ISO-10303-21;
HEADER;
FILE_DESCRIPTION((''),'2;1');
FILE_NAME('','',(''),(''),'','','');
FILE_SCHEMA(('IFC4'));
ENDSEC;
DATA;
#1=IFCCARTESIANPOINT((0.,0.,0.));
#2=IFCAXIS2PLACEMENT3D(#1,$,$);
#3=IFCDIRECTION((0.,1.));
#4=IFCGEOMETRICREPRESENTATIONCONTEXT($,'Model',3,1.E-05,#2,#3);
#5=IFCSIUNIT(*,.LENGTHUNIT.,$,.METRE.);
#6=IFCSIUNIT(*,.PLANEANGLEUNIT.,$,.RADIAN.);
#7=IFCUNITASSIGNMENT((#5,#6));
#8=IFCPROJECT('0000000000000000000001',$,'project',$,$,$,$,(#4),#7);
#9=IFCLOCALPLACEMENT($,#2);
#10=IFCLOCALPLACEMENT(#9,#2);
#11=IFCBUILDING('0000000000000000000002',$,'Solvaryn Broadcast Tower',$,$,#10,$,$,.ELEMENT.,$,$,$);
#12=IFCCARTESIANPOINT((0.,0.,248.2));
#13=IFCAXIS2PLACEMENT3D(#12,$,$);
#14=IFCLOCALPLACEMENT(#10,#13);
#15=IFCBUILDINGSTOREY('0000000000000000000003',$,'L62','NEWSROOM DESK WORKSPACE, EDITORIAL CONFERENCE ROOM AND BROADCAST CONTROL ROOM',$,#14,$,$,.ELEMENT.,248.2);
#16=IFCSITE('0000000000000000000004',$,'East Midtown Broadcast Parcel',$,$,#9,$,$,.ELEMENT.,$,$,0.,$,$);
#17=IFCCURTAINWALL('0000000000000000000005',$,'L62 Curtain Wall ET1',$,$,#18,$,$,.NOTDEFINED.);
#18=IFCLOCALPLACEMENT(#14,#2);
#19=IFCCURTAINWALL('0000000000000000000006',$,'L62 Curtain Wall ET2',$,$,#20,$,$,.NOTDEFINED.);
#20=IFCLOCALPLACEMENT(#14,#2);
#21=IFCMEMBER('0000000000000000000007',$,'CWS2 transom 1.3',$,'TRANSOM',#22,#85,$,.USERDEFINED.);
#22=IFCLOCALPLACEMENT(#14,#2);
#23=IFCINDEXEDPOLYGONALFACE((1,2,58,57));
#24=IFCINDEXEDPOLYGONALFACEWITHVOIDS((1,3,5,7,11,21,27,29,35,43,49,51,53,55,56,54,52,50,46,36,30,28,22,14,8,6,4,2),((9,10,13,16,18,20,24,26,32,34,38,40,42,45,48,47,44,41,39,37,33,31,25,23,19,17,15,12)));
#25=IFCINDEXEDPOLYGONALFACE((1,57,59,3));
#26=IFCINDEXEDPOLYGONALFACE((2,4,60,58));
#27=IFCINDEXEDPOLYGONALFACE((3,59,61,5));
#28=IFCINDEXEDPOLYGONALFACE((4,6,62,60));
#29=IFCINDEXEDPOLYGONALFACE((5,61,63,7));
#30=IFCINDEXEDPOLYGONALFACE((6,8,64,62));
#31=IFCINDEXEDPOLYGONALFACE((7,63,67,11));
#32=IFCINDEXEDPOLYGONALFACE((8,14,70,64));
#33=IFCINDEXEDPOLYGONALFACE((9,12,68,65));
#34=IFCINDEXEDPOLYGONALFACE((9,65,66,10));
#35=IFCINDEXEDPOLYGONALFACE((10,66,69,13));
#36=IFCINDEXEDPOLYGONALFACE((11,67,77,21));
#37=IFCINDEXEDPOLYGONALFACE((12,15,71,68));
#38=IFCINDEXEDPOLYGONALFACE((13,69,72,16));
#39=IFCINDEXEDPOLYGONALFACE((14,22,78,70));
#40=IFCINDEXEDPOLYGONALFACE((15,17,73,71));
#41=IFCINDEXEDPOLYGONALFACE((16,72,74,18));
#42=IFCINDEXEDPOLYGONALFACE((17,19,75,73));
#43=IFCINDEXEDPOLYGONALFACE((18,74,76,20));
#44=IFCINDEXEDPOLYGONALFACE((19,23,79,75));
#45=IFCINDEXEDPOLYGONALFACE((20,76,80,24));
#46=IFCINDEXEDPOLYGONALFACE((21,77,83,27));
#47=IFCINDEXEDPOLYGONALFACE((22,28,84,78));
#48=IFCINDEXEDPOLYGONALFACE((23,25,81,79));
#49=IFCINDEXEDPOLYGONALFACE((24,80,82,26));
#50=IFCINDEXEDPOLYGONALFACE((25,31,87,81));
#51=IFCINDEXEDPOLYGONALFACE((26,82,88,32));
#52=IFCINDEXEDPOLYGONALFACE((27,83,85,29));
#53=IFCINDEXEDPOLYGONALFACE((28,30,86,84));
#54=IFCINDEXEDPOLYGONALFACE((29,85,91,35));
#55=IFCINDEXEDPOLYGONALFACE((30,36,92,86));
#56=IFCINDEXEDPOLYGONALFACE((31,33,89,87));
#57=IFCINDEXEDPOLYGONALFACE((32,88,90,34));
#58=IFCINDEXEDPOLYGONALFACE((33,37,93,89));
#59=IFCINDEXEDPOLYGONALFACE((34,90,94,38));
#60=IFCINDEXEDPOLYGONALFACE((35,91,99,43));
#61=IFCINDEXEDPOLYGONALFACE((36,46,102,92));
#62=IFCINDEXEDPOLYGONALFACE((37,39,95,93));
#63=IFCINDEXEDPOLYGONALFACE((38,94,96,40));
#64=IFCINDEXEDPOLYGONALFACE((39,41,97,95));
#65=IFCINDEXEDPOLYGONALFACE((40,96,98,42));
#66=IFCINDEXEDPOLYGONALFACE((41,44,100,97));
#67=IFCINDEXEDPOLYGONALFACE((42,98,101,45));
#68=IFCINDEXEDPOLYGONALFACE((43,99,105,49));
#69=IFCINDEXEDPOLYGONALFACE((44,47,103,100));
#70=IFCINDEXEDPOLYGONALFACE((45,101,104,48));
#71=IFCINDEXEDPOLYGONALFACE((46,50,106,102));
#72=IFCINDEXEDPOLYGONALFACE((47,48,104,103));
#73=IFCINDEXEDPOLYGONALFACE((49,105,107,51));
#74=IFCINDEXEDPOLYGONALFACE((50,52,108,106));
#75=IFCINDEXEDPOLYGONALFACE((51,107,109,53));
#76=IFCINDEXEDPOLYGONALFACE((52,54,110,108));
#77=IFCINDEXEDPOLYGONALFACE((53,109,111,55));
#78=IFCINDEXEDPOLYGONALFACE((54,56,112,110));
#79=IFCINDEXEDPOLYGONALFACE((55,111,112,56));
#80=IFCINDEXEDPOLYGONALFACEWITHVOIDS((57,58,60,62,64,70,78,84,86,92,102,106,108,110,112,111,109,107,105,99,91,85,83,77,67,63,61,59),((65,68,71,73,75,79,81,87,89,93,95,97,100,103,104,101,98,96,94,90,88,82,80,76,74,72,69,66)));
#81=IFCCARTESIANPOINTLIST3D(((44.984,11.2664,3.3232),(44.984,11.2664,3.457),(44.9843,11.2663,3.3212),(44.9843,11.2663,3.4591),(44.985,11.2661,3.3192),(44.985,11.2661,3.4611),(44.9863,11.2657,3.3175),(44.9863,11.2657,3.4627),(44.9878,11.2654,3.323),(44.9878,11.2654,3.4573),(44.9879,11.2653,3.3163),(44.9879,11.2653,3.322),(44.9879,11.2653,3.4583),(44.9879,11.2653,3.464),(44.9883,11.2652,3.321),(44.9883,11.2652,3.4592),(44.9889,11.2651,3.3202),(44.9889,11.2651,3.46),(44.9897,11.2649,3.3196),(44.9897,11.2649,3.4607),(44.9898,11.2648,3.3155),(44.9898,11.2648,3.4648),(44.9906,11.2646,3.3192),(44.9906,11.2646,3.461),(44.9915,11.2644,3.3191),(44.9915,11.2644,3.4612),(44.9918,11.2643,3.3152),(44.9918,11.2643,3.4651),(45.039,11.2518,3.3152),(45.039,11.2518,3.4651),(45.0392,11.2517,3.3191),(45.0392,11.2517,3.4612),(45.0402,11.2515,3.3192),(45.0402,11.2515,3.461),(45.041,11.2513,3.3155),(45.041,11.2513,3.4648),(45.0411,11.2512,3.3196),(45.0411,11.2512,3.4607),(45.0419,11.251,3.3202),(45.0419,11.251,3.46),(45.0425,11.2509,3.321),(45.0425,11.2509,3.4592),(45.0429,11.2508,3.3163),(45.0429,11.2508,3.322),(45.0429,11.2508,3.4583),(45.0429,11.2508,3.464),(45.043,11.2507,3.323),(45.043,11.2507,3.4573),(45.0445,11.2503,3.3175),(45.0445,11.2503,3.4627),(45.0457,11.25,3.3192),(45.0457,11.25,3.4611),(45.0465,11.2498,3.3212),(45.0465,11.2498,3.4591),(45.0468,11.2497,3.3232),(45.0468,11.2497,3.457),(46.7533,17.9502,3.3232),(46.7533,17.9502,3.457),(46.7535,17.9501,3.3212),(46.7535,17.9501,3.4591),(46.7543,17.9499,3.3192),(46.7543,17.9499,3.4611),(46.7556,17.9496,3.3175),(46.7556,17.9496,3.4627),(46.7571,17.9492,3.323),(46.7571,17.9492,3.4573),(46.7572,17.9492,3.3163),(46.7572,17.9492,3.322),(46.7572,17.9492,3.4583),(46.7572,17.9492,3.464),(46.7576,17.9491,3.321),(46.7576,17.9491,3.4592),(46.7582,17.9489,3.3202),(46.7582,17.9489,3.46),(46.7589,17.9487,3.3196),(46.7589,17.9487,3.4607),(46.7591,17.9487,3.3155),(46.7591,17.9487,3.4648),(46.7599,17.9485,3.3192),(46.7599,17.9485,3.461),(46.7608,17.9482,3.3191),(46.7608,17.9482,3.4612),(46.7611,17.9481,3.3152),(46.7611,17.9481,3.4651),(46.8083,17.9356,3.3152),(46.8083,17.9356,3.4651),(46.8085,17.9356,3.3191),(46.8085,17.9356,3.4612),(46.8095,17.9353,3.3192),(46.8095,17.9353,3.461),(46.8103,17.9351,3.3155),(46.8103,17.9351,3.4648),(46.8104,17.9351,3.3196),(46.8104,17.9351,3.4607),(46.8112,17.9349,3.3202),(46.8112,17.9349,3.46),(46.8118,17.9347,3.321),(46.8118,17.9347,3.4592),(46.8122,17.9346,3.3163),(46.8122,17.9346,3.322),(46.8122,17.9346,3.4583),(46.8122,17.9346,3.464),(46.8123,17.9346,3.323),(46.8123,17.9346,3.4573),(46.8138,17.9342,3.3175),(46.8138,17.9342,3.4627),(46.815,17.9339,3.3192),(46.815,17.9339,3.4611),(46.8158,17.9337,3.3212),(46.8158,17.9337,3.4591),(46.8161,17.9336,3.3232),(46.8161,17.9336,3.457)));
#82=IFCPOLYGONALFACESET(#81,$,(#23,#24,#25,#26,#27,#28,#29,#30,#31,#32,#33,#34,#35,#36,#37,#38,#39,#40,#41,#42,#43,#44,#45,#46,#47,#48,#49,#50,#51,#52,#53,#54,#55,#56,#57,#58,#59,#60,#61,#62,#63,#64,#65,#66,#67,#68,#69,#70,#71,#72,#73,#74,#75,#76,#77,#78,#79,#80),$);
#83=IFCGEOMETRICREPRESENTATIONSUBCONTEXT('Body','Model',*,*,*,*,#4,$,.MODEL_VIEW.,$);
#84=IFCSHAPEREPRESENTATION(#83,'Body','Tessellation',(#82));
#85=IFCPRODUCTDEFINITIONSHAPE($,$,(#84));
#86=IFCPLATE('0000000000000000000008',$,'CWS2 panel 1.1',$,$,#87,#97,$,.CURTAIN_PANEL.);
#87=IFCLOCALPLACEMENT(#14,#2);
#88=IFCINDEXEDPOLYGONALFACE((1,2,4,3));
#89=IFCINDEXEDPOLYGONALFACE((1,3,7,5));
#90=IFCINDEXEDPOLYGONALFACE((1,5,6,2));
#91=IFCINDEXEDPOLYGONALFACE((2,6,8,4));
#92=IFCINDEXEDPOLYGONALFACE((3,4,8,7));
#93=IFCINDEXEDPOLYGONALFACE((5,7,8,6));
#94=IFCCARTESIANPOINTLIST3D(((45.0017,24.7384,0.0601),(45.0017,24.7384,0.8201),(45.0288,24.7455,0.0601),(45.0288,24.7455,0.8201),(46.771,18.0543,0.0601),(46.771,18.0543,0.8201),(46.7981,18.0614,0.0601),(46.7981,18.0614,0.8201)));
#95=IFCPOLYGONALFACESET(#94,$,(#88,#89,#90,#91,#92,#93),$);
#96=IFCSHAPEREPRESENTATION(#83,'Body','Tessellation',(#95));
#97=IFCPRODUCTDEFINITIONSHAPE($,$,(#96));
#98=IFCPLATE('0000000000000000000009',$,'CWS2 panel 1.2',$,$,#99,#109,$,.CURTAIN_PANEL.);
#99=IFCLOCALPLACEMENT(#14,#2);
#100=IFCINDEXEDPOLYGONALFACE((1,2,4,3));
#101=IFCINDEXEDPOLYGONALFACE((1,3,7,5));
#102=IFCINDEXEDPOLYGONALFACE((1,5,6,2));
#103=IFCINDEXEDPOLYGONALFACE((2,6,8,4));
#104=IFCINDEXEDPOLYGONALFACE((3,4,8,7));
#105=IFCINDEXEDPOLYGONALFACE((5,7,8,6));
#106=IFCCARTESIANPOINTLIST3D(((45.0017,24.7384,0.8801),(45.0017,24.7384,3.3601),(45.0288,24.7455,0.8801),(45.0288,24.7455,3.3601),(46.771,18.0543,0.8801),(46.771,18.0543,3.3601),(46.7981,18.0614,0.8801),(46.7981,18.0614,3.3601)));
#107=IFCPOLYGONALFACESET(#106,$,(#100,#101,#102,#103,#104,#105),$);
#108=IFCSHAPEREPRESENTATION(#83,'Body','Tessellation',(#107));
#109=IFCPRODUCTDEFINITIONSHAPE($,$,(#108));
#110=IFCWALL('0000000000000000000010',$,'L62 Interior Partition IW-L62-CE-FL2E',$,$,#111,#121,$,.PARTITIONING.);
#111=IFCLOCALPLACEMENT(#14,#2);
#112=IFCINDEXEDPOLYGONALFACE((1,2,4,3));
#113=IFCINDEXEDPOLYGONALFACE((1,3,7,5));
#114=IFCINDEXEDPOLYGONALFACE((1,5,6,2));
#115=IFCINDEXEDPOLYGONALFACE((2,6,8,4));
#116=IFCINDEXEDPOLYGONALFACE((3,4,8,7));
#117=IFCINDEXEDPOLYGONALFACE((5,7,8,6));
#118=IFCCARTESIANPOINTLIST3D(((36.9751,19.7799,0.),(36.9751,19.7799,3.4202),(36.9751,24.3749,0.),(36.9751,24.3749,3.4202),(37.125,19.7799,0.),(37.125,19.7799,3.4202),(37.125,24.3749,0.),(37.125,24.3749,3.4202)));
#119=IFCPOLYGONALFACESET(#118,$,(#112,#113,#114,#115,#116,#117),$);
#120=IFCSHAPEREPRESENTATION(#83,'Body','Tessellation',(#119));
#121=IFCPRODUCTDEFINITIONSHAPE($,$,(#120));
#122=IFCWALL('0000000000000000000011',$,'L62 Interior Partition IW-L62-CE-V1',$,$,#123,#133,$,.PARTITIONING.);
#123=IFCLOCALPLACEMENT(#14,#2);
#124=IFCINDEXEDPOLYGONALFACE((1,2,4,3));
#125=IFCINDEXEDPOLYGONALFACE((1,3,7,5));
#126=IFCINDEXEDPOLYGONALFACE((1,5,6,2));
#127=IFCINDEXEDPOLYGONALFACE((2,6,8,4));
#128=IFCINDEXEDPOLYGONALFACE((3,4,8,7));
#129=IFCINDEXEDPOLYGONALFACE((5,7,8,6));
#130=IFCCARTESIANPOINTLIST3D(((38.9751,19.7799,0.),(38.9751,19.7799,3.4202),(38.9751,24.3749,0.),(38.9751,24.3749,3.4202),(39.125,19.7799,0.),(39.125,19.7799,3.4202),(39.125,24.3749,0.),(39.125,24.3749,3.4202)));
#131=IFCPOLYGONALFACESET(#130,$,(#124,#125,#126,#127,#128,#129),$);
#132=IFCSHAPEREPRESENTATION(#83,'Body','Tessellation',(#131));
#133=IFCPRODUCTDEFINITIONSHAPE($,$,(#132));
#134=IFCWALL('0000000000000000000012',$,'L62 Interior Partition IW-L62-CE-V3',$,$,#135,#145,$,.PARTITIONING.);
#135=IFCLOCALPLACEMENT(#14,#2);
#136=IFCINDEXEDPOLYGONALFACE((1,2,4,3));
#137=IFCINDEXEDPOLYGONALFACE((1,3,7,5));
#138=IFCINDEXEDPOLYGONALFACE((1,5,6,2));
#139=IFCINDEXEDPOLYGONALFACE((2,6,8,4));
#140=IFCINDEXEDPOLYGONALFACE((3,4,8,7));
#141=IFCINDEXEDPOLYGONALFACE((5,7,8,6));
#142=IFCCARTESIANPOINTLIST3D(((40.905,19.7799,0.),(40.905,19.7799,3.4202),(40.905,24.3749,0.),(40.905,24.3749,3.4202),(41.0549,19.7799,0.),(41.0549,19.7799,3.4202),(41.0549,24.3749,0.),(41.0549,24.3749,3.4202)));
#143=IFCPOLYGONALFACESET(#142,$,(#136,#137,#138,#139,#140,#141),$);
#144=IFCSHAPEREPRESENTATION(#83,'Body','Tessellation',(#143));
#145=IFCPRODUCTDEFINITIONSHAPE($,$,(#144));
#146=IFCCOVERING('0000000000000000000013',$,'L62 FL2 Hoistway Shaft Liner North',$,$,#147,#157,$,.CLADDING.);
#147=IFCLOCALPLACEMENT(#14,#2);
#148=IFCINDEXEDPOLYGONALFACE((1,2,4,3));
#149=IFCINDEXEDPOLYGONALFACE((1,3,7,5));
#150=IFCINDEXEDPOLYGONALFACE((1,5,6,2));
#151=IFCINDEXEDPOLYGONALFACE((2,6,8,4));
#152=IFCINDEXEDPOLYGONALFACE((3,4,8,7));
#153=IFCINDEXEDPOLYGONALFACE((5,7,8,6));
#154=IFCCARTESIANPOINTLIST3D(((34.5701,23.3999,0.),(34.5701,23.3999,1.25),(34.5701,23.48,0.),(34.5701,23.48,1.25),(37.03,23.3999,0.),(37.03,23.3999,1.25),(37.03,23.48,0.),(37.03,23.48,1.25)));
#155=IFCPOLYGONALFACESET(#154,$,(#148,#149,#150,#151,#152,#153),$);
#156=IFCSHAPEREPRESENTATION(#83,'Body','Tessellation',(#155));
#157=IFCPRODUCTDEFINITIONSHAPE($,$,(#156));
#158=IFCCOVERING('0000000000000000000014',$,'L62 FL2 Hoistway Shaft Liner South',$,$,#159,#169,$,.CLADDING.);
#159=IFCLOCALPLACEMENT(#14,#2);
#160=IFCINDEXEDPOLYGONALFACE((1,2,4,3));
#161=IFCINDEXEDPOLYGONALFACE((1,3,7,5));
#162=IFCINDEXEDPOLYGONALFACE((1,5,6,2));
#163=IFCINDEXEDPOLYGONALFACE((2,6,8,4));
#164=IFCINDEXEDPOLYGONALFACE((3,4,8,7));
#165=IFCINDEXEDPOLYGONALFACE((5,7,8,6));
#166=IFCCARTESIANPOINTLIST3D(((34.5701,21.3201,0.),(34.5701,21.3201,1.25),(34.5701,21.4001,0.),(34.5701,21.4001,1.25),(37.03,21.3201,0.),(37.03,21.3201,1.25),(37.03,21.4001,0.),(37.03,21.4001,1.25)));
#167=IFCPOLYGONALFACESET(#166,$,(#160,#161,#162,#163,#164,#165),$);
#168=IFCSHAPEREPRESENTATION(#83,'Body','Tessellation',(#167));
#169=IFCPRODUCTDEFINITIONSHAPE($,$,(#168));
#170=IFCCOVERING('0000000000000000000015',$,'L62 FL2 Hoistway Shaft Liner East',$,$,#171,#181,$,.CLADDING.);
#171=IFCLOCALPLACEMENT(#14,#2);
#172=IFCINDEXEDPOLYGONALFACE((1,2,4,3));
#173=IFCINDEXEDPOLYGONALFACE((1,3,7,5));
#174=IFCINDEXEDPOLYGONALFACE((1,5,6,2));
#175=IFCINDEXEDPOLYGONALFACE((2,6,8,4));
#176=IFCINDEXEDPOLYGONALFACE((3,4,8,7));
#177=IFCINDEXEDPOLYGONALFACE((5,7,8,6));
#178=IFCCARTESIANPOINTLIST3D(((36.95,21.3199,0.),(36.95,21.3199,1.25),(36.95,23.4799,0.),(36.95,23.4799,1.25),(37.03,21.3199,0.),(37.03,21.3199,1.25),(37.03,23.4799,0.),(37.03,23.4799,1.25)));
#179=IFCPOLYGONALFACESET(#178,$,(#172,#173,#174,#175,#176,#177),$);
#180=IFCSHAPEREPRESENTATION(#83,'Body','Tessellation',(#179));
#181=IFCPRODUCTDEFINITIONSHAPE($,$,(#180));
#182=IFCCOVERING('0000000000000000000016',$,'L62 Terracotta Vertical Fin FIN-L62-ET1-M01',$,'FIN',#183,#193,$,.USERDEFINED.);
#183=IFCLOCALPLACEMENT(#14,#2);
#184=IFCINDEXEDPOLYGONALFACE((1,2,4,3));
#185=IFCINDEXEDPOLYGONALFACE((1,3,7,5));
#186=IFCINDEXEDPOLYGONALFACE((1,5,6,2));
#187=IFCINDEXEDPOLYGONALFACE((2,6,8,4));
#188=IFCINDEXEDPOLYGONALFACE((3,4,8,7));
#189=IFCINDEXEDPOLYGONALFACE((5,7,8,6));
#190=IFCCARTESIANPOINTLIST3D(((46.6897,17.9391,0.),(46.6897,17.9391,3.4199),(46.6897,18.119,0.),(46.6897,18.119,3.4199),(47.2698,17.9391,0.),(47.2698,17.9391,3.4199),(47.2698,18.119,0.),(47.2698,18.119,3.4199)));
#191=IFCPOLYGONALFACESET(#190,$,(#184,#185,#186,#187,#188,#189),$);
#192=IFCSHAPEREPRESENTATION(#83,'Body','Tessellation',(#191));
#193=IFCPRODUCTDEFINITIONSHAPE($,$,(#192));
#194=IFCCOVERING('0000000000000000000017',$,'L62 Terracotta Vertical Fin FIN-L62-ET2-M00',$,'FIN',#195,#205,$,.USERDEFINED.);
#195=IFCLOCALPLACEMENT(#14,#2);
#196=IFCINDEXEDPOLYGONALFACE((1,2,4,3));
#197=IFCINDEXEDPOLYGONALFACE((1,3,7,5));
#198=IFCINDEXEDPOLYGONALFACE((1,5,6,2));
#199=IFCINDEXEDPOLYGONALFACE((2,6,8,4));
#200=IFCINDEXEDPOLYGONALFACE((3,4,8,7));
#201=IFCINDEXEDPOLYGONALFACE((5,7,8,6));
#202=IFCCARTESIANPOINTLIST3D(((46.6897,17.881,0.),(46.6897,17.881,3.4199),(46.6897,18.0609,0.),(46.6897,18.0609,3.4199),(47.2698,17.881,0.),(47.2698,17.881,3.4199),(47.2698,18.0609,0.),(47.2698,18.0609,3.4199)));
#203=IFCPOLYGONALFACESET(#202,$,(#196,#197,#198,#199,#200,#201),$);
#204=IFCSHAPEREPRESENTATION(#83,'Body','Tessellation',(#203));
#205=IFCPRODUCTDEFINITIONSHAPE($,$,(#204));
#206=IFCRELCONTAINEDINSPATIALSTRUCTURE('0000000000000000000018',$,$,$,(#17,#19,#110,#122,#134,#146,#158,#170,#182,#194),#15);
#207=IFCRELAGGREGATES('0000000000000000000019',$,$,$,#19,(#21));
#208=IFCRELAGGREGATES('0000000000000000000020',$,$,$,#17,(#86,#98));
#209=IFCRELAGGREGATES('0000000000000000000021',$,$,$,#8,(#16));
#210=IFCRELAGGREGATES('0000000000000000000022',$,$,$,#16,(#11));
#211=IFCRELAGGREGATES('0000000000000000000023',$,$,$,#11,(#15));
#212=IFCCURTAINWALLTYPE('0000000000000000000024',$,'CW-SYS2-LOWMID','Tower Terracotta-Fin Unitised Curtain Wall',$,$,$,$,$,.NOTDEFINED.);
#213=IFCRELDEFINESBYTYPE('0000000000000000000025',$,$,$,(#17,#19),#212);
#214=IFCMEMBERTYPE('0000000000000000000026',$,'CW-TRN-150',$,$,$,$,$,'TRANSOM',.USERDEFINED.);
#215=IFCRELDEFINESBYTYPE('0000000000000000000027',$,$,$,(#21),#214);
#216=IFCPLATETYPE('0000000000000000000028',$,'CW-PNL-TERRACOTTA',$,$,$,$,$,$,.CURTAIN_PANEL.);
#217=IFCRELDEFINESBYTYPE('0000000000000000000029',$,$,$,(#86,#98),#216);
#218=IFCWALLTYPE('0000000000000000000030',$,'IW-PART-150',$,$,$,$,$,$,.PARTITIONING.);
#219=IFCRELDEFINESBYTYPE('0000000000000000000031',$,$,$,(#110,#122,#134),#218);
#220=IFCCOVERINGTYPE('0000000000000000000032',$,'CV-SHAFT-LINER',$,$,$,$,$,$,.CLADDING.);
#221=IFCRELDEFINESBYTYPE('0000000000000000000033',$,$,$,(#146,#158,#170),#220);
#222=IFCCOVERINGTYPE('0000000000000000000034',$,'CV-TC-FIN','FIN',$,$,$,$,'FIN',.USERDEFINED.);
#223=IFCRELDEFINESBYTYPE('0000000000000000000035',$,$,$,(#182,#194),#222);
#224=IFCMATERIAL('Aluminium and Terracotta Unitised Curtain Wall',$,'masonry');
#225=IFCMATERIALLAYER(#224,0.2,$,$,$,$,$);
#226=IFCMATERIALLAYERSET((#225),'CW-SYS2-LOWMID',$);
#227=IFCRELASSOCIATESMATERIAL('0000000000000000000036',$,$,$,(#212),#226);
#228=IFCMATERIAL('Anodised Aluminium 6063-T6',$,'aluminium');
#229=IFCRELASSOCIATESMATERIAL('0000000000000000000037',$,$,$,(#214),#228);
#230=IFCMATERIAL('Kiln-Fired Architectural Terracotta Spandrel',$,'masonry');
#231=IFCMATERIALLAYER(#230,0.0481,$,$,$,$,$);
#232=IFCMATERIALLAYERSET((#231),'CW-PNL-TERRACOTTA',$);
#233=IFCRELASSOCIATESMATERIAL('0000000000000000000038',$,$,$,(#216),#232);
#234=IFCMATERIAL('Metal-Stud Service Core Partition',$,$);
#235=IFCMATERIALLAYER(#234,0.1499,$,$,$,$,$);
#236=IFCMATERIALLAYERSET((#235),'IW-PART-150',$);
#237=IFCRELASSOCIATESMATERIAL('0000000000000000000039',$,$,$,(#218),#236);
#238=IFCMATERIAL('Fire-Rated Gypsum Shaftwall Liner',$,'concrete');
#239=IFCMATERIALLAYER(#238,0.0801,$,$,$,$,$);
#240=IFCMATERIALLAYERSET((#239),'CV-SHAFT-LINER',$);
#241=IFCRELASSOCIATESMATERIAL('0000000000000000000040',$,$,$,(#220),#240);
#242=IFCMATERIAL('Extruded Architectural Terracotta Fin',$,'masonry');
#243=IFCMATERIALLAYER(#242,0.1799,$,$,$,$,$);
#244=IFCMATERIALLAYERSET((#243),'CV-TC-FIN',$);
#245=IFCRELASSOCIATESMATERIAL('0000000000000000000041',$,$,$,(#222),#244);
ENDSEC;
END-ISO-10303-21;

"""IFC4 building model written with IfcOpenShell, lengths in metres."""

from ifc_helpers import new_model, si_unit, direction, frame, frame_2d, origin, origin_2d, place, context, subcontext, project, spatial, rectangle, hollow_rectangle, extrude, material, layer, layer_set, material_profile, profile_set, type_object, element, aggregate, save


model = new_model("IFC4")

# Units and contexts
model_context = context("Model", 3, precision=1e-05, world=origin(), true_north=direction((0.0, 1.0)))
body_context = subcontext(model_context, "Body", "Model", "MODEL_VIEW")
ifc_project = project(units=[si_unit("LENGTHUNIT", "METRE"), si_unit("PLANEANGLEUNIT", "RADIAN")], contexts=[model_context])

# Site, building, storey
site_placement = place(None, origin())
site = spatial("IfcSite", under=ifc_project, at=site_placement, Name="East Midtown Broadcast Parcel", CompositionType="ELEMENT", RefElevation=0.0)
building_placement = place(site_placement, origin())
building = spatial("IfcBuilding", under=site, at=building_placement, Name="Solvaryn Broadcast Tower", CompositionType="ELEMENT")
storey_placement = place(building_placement, frame((0.0, 0.0, 248.2)))
storey = spatial("IfcBuildingStorey", under=building, at=storey_placement, Name="L62", Description="NEWSROOM DESK WORKSPACE, EDITORIAL CONFERENCE ROOM AND BROADCAST CONTROL ROOM", CompositionType="ELEMENT", Elevation=248.2)

# Curtain wall
ifc_material_1 = material(Name="Aluminium and Terracotta Unitised Curtain Wall", Category="masonry")
ifc_layer_1 = layer(ifc_material_1, 0.2)
ifc_layer_set_1 = layer_set([ifc_layer_1], Name="CW-SYS2-LOWMID")
curtain_wall_type = type_object("IfcCurtainWallType", Name="CW-SYS2-LOWMID", Description="Tower Terracotta-Fin Unitised Curtain Wall", PredefinedType="NOTDEFINED", material=ifc_layer_set_1)
curtain_wall_1_placement = place(storey_placement, origin())
curtain_wall_1 = element("IfcCurtainWall", 1, at=curtain_wall_1_placement, inside=storey, type_object=curtain_wall_type, Name="L62 Curtain Wall ET1", PredefinedType="NOTDEFINED")

# Curtain wall, member
curtain_wall_2_placement = place(storey_placement, origin())
curtain_wall_2 = element("IfcCurtainWall", 2, at=curtain_wall_2_placement, inside=storey, type_object=curtain_wall_type, Name="L62 Curtain Wall ET2", PredefinedType="NOTDEFINED")
ifc_material_2 = material(Name="Anodised Aluminium 6063-T6", Category="aluminium")
ifc_material_profile_1 = material_profile(ifc_material_2, hollow_rectangle(XDim=0.0649, YDim=0.1499, WallThickness=0.0039, InnerFilletRadius=0.0039, OuterFilletRadius=0.0081, at=origin_2d()))
ifc_profile_set_1 = profile_set([ifc_material_profile_1], Name="Anodised Aluminium 6063-T6")
member_type_1 = type_object("IfcMemberType", Name="CW-TRN-150", ElementType="TRANSOM", PredefinedType="USERDEFINED", material=ifc_profile_set_1)
member_1_placement = place(storey_placement, frame((46.7847, 17.9419, 3.3901), z_axis=(-0.255897, -0.966704, 0.0), x_axis=(0.966704, -0.255897, 0.0)))
member_1 = element("IfcMember", 3, at=member_1_placement, type_object=member_type_1, Name="CWS2 transom 1.3", ObjectType="TRANSOM", PredefinedType="USERDEFINED", context=body_context, shape_type="SweptSolid", body=[
    extrude(hollow_rectangle(XDim=0.0649, YDim=0.1499, WallThickness=0.0039, InnerFilletRadius=0.0039, OuterFilletRadius=0.0081, at=origin_2d()), origin(), (0.0, 0.0, 1.0), 6.9141),
])
aggregate(curtain_wall_2, [member_1])

# Plates
ifc_material_3 = material(Name="Kiln-Fired Architectural Terracotta Spandrel", Category="masonry")
ifc_layer_2 = layer(ifc_material_3, 0.0481)
ifc_layer_set_2 = layer_set([ifc_layer_2], Name="CW-PNL-TERRACOTTA")
plate_type = type_object("IfcPlateType", Name="CW-PNL-TERRACOTTA", PredefinedType="CURTAIN_PANEL", material=ifc_layer_set_2)
plate_1_placement = place(storey_placement, frame((45.8999, 21.3999, 0.0601), z_axis=(0.0, 0.0, 1.0), x_axis=(0.255893, -0.966705, 0.0)))
plate_1 = element("IfcPlate", 4, at=plate_1_placement, type_object=plate_type, Name="CWS2 panel 1.1", PredefinedType="CURTAIN_PANEL", context=body_context, shape_type="SweptSolid", body=[
    extrude(rectangle(XDim=6.9143, YDim=0.0281, at=origin_2d()), origin(), (0.0, 0.0, 1.0), 0.76),
])
plate_2_placement = place(storey_placement, frame((45.8999, 21.3999, 0.8801), z_axis=(0.0, 0.0, 1.0), x_axis=(0.255893, -0.966705, 0.0)))
plate_2 = element("IfcPlate", 5, at=plate_2_placement, type_object=plate_type, Name="CWS2 panel 1.2", PredefinedType="CURTAIN_PANEL", context=body_context, shape_type="SweptSolid", body=[
    extrude(rectangle(XDim=6.9143, YDim=0.0281, at=origin_2d()), origin(), (0.0, 0.0, 1.0), 2.48),
])
aggregate(curtain_wall_1, [plate_1, plate_2])

# Walls
ifc_material_4 = material(Name="Metal-Stud Service Core Partition")
ifc_layer_3 = layer(ifc_material_4, 0.1499)
ifc_layer_set_3 = layer_set([ifc_layer_3], Name="IW-PART-150")
wall_type_1 = type_object("IfcWallType", Name="IW-PART-150", PredefinedType="PARTITIONING", material=ifc_layer_set_3)
for number, where, z_axis, x_axis, name in (
    (6, (37.05, 19.78, 0.0), (0.0, 0.0, 1.0), (0.0, 1.0, 0.0), "L62 Interior Partition IW-L62-CE-FL2E"),
    (7, (39.05, 19.78, 0.0), (0.0, 0.0, 1.0), (0.0, 1.0, 0.0), "L62 Interior Partition IW-L62-CE-V1"),
    (8, (40.98, 19.78, 0.0), (0.0, 0.0, 1.0), (0.0, 1.0, 0.0), "L62 Interior Partition IW-L62-CE-V3"),
):
    element("IfcWall", number, at=place(storey_placement, frame(where, z_axis=z_axis, x_axis=x_axis)), inside=storey, type_object=wall_type_1, Name=name, PredefinedType="PARTITIONING", context=body_context, shape_type="SweptSolid", body=[
        extrude(rectangle(XDim=4.595, YDim=0.1499, at=frame_2d((2.2974, 0.0))), origin(), (0.0, 0.0, 1.0), 3.4202),
    ])

# Coverings
ifc_material_5 = material(Name="Fire-Rated Gypsum Shaftwall Liner", Category="concrete")
ifc_layer_4 = layer(ifc_material_5, 0.0801)
ifc_layer_set_4 = layer_set([ifc_layer_4], Name="CV-SHAFT-LINER")
covering_type_1 = type_object("IfcCoveringType", Name="CV-SHAFT-LINER", PredefinedType="CLADDING", material=ifc_layer_set_4)
for number, where, z_axis, x_axis, name in (
    (9, (35.8, 23.4399, 0.0), (0.0, 0.0, 1.0), (1.0, 0.0, 0.0), "L62 FL2 Hoistway Shaft Liner North"),
    (10, (35.8, 21.3601, 0.0), (0.0, 0.0, 1.0), (1.0, 0.0, 0.0), "L62 FL2 Hoistway Shaft Liner South"),
):
    element("IfcCovering", number, at=place(storey_placement, frame(where, z_axis=z_axis, x_axis=x_axis)), inside=storey, type_object=covering_type_1, Name=name, PredefinedType="CLADDING", context=body_context, shape_type="SweptSolid", body=[
        extrude(rectangle(XDim=2.46, YDim=0.0801, at=origin_2d()), origin(), (0.0, 0.0, 1.0), 1.25),
    ])
covering_placement = place(storey_placement, frame((36.99, 22.3999, 0.0), z_axis=(0.0, 0.0, 1.0), x_axis=(1.0, 0.0, 0.0)))
element("IfcCovering", 11, at=covering_placement, inside=storey, type_object=covering_type_1, Name="L62 FL2 Hoistway Shaft Liner East", PredefinedType="CLADDING", context=body_context, shape_type="SweptSolid", body=[
    extrude(rectangle(XDim=0.0801, YDim=2.1599, at=origin_2d()), origin(), (0.0, 0.0, 1.0), 1.25),
])
ifc_material_6 = material(Name="Extruded Architectural Terracotta Fin", Category="masonry")
ifc_layer_5 = layer(ifc_material_6, 0.1799)
ifc_layer_set_5 = layer_set([ifc_layer_5], Name="CV-TC-FIN")
covering_type_2 = type_object("IfcCoveringType", Name="CV-TC-FIN", Description="FIN", ElementType="FIN", PredefinedType="USERDEFINED", material=ifc_layer_set_5)
for number, where, z_axis, x_axis, name in (
    (12, (46.9797, 18.0291, 0.0), (0.0, 0.0, 1.0), (1.0, 0.0, 0.0), "L62 Terracotta Vertical Fin FIN-L62-ET1-M01"),
    (13, (46.9797, 17.9709, 0.0), (0.0, 0.0, 1.0), (1.0, 0.0, 0.0), "L62 Terracotta Vertical Fin FIN-L62-ET2-M00"),
):
    element("IfcCovering", number, at=place(storey_placement, frame(where, z_axis=z_axis, x_axis=x_axis)), inside=storey, type_object=covering_type_2, Name=name, ObjectType="FIN", PredefinedType="USERDEFINED", context=body_context, shape_type="SweptSolid", body=[
        extrude(rectangle(XDim=0.5801, YDim=0.1799, at=origin_2d()), origin(), (0.0, 0.0, 1.0), 3.4199),
    ])

save(model, "model.ifc")
